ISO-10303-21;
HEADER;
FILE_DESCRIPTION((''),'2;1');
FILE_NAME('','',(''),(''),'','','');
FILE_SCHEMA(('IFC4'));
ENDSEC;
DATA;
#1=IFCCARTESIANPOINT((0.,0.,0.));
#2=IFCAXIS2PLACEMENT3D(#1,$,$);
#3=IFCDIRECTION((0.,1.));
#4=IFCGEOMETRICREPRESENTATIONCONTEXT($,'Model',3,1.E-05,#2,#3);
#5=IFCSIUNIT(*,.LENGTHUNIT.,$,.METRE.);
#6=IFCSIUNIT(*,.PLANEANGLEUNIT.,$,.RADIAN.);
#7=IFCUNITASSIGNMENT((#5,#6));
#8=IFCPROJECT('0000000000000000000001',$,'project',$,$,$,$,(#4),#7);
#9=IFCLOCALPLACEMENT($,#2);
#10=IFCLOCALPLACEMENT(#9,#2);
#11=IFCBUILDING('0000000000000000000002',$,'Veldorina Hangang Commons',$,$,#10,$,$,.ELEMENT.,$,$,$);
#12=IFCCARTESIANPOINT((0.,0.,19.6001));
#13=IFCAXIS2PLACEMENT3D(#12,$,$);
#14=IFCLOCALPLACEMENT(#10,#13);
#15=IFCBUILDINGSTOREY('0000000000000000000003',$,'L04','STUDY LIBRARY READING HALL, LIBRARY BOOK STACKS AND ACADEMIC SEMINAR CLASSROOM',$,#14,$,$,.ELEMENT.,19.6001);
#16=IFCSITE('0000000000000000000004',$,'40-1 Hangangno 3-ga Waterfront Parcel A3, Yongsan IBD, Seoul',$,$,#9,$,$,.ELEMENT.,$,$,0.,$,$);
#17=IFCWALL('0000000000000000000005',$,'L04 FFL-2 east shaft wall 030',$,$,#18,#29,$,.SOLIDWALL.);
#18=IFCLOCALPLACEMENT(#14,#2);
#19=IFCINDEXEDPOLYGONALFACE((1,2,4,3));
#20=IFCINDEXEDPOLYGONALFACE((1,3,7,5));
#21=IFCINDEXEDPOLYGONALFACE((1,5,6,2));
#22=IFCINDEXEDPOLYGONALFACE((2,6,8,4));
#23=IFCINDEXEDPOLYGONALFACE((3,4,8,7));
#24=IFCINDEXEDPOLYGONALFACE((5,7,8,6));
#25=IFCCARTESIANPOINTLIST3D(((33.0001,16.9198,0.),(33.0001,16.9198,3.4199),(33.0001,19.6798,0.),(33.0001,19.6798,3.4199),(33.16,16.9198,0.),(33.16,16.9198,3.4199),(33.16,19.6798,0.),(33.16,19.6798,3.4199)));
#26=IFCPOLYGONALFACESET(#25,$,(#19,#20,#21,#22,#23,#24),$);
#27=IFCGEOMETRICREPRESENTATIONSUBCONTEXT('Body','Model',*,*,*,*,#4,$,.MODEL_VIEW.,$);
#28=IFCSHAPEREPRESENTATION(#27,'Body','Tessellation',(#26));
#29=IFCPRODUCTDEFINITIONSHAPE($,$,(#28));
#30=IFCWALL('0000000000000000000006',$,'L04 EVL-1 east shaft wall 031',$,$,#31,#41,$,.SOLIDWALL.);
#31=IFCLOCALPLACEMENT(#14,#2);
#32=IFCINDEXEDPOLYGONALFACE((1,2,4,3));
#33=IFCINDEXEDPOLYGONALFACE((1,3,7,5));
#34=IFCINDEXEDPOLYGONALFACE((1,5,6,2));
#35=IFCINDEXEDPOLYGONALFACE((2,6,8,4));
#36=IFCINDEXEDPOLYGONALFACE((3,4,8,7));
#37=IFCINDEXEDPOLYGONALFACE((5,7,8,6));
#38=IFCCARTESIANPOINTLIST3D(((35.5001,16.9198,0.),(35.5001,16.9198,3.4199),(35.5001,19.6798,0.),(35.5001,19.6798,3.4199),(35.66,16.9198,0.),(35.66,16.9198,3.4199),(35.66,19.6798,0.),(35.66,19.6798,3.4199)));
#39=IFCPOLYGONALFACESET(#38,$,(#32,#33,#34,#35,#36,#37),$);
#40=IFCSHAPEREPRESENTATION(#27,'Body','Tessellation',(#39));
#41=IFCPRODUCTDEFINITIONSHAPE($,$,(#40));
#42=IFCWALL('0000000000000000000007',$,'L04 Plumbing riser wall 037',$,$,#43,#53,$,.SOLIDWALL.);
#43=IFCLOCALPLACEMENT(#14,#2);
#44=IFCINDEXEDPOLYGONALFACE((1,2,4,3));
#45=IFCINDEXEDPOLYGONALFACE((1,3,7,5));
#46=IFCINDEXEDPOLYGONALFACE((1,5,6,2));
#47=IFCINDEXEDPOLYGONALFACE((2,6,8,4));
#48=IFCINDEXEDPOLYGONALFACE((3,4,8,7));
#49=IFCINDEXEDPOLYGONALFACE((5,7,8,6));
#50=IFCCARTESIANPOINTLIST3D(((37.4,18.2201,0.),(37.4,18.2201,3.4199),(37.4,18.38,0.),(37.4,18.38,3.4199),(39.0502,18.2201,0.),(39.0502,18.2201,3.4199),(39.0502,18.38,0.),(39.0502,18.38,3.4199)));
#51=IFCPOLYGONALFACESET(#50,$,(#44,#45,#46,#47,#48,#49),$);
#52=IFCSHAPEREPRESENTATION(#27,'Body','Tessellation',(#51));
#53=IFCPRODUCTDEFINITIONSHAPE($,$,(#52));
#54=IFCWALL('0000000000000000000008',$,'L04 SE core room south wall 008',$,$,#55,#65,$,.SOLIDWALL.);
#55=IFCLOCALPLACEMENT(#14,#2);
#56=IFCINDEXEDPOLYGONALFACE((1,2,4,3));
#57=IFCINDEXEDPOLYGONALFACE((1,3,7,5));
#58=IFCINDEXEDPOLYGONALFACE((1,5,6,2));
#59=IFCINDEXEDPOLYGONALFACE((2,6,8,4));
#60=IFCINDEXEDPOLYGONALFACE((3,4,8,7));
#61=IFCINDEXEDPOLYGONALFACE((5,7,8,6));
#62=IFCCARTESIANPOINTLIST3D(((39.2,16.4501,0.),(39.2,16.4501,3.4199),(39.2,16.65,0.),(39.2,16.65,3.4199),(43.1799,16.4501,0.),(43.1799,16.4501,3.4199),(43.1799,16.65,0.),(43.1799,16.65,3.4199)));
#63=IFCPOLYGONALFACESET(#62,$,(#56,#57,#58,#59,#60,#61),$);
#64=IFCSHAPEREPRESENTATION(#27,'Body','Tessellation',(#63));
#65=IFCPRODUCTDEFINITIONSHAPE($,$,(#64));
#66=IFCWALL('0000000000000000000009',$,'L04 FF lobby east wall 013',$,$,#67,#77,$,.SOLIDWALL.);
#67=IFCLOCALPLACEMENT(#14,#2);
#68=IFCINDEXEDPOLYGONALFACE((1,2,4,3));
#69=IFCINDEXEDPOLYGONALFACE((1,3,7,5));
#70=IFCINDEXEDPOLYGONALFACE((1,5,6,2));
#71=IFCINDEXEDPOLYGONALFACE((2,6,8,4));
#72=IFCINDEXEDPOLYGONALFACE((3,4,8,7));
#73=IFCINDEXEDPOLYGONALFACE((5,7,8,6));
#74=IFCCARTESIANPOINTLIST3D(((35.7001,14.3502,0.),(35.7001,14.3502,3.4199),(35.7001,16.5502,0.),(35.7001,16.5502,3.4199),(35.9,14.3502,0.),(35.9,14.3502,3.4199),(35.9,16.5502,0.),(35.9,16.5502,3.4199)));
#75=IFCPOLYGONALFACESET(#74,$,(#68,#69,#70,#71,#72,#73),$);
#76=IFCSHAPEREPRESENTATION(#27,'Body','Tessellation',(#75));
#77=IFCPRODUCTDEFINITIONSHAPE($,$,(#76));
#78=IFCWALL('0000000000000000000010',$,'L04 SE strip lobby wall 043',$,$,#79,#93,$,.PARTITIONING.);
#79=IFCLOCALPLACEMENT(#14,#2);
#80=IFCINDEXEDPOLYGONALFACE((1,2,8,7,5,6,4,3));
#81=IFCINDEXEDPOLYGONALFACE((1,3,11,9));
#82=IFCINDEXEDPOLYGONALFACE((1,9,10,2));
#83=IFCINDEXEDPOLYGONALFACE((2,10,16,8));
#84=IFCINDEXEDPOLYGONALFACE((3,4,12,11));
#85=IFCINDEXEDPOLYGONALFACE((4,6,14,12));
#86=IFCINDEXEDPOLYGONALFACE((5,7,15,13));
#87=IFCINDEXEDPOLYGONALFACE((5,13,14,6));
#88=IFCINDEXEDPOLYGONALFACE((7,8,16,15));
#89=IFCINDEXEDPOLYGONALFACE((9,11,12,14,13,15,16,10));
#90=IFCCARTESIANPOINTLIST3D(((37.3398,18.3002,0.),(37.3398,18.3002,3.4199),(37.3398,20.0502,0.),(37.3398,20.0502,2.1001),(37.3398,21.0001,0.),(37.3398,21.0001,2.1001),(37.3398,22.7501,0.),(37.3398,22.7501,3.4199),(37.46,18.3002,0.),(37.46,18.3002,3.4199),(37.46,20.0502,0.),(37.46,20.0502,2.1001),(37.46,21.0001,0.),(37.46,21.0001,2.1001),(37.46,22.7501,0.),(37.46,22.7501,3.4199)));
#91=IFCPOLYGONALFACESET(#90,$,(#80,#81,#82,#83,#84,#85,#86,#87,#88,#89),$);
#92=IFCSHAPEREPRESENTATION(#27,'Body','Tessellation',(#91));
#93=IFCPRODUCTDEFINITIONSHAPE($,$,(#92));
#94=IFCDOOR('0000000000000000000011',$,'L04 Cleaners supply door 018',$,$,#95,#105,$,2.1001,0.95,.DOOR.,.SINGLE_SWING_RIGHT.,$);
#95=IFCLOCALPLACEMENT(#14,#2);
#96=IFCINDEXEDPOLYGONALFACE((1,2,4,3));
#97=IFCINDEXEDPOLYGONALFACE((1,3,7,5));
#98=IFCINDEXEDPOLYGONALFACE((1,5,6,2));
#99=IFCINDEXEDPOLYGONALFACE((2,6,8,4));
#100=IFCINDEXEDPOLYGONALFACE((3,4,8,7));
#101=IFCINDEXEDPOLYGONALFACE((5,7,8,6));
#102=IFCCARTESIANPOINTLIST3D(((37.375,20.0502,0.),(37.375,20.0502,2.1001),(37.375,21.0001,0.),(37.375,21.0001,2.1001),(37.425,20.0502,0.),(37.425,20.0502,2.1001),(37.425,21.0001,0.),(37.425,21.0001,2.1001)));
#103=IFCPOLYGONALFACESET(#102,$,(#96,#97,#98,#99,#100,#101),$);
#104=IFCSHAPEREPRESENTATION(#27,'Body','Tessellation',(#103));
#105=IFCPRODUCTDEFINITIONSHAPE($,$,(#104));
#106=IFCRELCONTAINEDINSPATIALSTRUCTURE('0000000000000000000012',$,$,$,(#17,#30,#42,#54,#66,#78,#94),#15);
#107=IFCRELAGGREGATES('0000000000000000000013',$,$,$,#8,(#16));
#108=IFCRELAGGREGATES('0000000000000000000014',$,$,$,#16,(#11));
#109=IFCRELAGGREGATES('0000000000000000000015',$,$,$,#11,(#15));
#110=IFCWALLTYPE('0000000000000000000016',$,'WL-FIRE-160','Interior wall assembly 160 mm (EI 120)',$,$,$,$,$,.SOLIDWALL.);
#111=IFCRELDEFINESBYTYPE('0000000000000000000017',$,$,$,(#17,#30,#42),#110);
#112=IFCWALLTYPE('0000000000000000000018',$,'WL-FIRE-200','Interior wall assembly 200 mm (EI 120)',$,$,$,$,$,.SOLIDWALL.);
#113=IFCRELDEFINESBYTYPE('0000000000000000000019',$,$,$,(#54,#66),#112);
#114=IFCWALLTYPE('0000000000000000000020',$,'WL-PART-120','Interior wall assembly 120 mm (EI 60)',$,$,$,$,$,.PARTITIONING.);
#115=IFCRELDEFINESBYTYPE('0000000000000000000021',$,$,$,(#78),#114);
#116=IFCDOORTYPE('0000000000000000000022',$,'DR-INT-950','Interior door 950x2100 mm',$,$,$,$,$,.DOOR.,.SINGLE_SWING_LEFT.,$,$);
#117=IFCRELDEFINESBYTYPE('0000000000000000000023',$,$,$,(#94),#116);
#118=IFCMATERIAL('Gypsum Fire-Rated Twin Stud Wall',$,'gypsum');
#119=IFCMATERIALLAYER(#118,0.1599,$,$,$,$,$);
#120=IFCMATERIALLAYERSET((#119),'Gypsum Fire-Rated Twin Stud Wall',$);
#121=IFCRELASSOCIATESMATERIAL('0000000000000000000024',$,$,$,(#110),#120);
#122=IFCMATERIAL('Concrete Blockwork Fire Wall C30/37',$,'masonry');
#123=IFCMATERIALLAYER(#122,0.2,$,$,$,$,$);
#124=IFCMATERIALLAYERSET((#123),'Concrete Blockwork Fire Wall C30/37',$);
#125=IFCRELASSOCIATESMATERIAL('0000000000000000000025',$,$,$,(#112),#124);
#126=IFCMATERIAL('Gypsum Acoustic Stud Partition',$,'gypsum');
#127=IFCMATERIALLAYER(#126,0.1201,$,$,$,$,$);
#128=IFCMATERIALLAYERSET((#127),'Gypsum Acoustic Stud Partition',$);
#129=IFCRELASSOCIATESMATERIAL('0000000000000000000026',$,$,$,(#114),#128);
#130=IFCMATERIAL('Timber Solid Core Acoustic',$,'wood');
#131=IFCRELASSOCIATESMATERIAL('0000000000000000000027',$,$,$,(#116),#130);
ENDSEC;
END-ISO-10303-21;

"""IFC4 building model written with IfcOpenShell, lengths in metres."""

from ifc_helpers import new_model, si_unit, direction, frame, frame_2d, origin, place, context, subcontext, project, spatial, rectangle, extrude, material, layer, layer_set, type_object, element, fill, save


model = new_model("IFC4")

# Units and contexts
model_context = context("Model", 3, precision=1e-05, world=origin(), true_north=direction((0.0, 1.0)))
body_context = subcontext(model_context, "Body", "Model", "MODEL_VIEW")
ifc_project = project(units=[si_unit("LENGTHUNIT", "METRE"), si_unit("PLANEANGLEUNIT", "RADIAN")], contexts=[model_context])

# Site, building, storey
site_placement = place(None, origin())
site = spatial("IfcSite", under=ifc_project, at=site_placement, Name="40-1 Hangangno 3-ga Waterfront Parcel A3, Yongsan IBD, Seoul", CompositionType="ELEMENT", RefElevation=0.0)
building_placement = place(site_placement, origin())
building = spatial("IfcBuilding", under=site, at=building_placement, Name="Veldorina Hangang Commons", CompositionType="ELEMENT")
storey_placement = place(building_placement, frame((0.0, 0.0, 19.6001)))
storey = spatial("IfcBuildingStorey", under=building, at=storey_placement, Name="L04", Description="STUDY LIBRARY READING HALL, LIBRARY BOOK STACKS AND ACADEMIC SEMINAR CLASSROOM", CompositionType="ELEMENT", Elevation=19.6001)

# Walls
ifc_material_1 = material(Name="Gypsum Fire-Rated Twin Stud Wall", Category="gypsum")
ifc_layer_1 = layer(ifc_material_1, 0.1599)
ifc_layer_set_1 = layer_set([ifc_layer_1], Name="Gypsum Fire-Rated Twin Stud Wall")
wall_type_1 = type_object("IfcWallType", Name="WL-FIRE-160", Description="Interior wall assembly 160 mm (EI 120)", PredefinedType="SOLIDWALL", material=ifc_layer_set_1)
for number, where, z_axis, x_axis, name in (
    (1, (33.0801, 16.9199, 0.0), (0.0, 0.0, 1.0), (0.0, 1.0, 0.0), "L04 FFL-2 east shaft wall 030"),
    (2, (35.5801, 16.9199, 0.0), (0.0, 0.0, 1.0), (0.0, 1.0, 0.0), "L04 EVL-1 east shaft wall 031"),
):
    element("IfcWall", number, at=place(storey_placement, frame(where, z_axis=z_axis, x_axis=x_axis)), inside=storey, type_object=wall_type_1, Name=name, PredefinedType="SOLIDWALL", context=body_context, shape_type="SweptSolid", body=[
        extrude(rectangle(XDim=2.76, YDim=0.1599, at=frame_2d((1.3799, 0.0))), origin(), (0.0, 0.0, 1.0), 3.4199),
    ])
wall_1_placement = place(storey_placement, frame((37.3999, 18.3, 0.0), z_axis=(0.0, 0.0, 1.0), x_axis=(1.0, 0.0, 0.0)))
element("IfcWall", 3, at=wall_1_placement, inside=storey, type_object=wall_type_1, Name="L04 Plumbing riser wall 037", PredefinedType="SOLIDWALL", context=body_context, shape_type="SweptSolid", body=[
    extrude(rectangle(XDim=1.6501, YDim=0.1599, at=frame_2d((0.8252, 0.0))), origin(), (0.0, 0.0, 1.0), 3.4199),
])
ifc_material_2 = material(Name="Concrete Blockwork Fire Wall C30/37", Category="masonry")
ifc_layer_2 = layer(ifc_material_2, 0.2)
ifc_layer_set_2 = layer_set([ifc_layer_2], Name="Concrete Blockwork Fire Wall C30/37")
wall_type_2 = type_object("IfcWallType", Name="WL-FIRE-200", Description="Interior wall assembly 200 mm (EI 120)", PredefinedType="SOLIDWALL", material=ifc_layer_set_2)
wall_2_placement = place(storey_placement, frame((39.2, 16.55, 0.0), z_axis=(0.0, 0.0, 1.0), x_axis=(1.0, 0.0, 0.0)))
element("IfcWall", 4, at=wall_2_placement, inside=storey, type_object=wall_type_2, Name="L04 SE core room south wall 008", PredefinedType="SOLIDWALL", context=body_context, shape_type="SweptSolid", body=[
    extrude(rectangle(XDim=3.98, YDim=0.2, at=frame_2d((1.99, 0.0))), origin(), (0.0, 0.0, 1.0), 3.4199),
])
wall_3_placement = place(storey_placement, frame((35.8, 14.3501, 0.0), z_axis=(0.0, 0.0, 1.0), x_axis=(0.0, 1.0, 0.0)))
element("IfcWall", 5, at=wall_3_placement, inside=storey, type_object=wall_type_2, Name="L04 FF lobby east wall 013", PredefinedType="SOLIDWALL", context=body_context, shape_type="SweptSolid", body=[
    extrude(rectangle(XDim=2.2, YDim=0.2, at=frame_2d((1.1001, 0.0))), origin(), (0.0, 0.0, 1.0), 3.4199),
])

# Wall, opening, door
ifc_material_3 = material(Name="Gypsum Acoustic Stud Partition", Category="gypsum")
ifc_layer_3 = layer(ifc_material_3, 0.1201)
ifc_layer_set_3 = layer_set([ifc_layer_3], Name="Gypsum Acoustic Stud Partition")
wall_type_3 = type_object("IfcWallType", Name="WL-PART-120", Description="Interior wall assembly 120 mm (EI 60)", PredefinedType="PARTITIONING", material=ifc_layer_set_3)
wall_4_placement = place(storey_placement, frame((37.3999, 18.3, 0.0), z_axis=(0.0, 0.0, 1.0), x_axis=(0.0, 1.0, 0.0)))
wall_4 = element("IfcWall", 6, at=wall_4_placement, inside=storey, type_object=wall_type_3, Name="L04 SE strip lobby wall 043", PredefinedType="PARTITIONING", context=body_context, shape_type="SweptSolid", body=[
    extrude(rectangle(XDim=4.45, YDim=0.1201, at=frame_2d((2.2251, 0.0))), origin(), (0.0, 0.0, 1.0), 3.4199),
])
opening_1_placement = place(wall_4_placement, frame((1.75, 0.0, 0.0)))
opening_1 = element("IfcOpeningElement", 7, at=opening_1_placement, cuts=wall_4, PredefinedType="OPENING", context=body_context, shape_type="SweptSolid", body=[
    extrude(rectangle(XDim=0.95, YDim=2.1001, at=frame_2d((0.4751, 1.05))), frame((0.0, 0.0701, 0.0), z_axis=(0.0, -1.0, 0.0), x_axis=(1.0, 0.0, 0.0)), (0.0, 0.0, 1.0), 0.1401),
])
ifc_material_4 = material(Name="Timber Solid Core Acoustic", Category="wood")
door_type_1 = type_object("IfcDoorType", Name="DR-INT-950", Description="Interior door 950x2100 mm", OperationType="SINGLE_SWING_LEFT", PredefinedType="DOOR", material=ifc_material_4)
door_1_placement = place(opening_1_placement, origin())
door_1 = element("IfcDoor", 8, at=door_1_placement, inside=storey, type_object=door_type_1, Name="L04 Cleaners supply door 018", OperationType="SINGLE_SWING_RIGHT", OverallHeight=2.1001, OverallWidth=0.95, PredefinedType="DOOR", context=body_context, shape_type="SweptSolid", body=[
    extrude(rectangle(XDim=0.95, YDim=2.1001, at=frame_2d((0.4751, 1.05))), frame((0.0, 0.0249, 0.0), z_axis=(0.0, -1.0, 0.0), x_axis=(1.0, 0.0, 0.0)), (0.0, 0.0, 1.0), 0.05),
])
fill(opening_1, door_1)

save(model, "model.ifc")
